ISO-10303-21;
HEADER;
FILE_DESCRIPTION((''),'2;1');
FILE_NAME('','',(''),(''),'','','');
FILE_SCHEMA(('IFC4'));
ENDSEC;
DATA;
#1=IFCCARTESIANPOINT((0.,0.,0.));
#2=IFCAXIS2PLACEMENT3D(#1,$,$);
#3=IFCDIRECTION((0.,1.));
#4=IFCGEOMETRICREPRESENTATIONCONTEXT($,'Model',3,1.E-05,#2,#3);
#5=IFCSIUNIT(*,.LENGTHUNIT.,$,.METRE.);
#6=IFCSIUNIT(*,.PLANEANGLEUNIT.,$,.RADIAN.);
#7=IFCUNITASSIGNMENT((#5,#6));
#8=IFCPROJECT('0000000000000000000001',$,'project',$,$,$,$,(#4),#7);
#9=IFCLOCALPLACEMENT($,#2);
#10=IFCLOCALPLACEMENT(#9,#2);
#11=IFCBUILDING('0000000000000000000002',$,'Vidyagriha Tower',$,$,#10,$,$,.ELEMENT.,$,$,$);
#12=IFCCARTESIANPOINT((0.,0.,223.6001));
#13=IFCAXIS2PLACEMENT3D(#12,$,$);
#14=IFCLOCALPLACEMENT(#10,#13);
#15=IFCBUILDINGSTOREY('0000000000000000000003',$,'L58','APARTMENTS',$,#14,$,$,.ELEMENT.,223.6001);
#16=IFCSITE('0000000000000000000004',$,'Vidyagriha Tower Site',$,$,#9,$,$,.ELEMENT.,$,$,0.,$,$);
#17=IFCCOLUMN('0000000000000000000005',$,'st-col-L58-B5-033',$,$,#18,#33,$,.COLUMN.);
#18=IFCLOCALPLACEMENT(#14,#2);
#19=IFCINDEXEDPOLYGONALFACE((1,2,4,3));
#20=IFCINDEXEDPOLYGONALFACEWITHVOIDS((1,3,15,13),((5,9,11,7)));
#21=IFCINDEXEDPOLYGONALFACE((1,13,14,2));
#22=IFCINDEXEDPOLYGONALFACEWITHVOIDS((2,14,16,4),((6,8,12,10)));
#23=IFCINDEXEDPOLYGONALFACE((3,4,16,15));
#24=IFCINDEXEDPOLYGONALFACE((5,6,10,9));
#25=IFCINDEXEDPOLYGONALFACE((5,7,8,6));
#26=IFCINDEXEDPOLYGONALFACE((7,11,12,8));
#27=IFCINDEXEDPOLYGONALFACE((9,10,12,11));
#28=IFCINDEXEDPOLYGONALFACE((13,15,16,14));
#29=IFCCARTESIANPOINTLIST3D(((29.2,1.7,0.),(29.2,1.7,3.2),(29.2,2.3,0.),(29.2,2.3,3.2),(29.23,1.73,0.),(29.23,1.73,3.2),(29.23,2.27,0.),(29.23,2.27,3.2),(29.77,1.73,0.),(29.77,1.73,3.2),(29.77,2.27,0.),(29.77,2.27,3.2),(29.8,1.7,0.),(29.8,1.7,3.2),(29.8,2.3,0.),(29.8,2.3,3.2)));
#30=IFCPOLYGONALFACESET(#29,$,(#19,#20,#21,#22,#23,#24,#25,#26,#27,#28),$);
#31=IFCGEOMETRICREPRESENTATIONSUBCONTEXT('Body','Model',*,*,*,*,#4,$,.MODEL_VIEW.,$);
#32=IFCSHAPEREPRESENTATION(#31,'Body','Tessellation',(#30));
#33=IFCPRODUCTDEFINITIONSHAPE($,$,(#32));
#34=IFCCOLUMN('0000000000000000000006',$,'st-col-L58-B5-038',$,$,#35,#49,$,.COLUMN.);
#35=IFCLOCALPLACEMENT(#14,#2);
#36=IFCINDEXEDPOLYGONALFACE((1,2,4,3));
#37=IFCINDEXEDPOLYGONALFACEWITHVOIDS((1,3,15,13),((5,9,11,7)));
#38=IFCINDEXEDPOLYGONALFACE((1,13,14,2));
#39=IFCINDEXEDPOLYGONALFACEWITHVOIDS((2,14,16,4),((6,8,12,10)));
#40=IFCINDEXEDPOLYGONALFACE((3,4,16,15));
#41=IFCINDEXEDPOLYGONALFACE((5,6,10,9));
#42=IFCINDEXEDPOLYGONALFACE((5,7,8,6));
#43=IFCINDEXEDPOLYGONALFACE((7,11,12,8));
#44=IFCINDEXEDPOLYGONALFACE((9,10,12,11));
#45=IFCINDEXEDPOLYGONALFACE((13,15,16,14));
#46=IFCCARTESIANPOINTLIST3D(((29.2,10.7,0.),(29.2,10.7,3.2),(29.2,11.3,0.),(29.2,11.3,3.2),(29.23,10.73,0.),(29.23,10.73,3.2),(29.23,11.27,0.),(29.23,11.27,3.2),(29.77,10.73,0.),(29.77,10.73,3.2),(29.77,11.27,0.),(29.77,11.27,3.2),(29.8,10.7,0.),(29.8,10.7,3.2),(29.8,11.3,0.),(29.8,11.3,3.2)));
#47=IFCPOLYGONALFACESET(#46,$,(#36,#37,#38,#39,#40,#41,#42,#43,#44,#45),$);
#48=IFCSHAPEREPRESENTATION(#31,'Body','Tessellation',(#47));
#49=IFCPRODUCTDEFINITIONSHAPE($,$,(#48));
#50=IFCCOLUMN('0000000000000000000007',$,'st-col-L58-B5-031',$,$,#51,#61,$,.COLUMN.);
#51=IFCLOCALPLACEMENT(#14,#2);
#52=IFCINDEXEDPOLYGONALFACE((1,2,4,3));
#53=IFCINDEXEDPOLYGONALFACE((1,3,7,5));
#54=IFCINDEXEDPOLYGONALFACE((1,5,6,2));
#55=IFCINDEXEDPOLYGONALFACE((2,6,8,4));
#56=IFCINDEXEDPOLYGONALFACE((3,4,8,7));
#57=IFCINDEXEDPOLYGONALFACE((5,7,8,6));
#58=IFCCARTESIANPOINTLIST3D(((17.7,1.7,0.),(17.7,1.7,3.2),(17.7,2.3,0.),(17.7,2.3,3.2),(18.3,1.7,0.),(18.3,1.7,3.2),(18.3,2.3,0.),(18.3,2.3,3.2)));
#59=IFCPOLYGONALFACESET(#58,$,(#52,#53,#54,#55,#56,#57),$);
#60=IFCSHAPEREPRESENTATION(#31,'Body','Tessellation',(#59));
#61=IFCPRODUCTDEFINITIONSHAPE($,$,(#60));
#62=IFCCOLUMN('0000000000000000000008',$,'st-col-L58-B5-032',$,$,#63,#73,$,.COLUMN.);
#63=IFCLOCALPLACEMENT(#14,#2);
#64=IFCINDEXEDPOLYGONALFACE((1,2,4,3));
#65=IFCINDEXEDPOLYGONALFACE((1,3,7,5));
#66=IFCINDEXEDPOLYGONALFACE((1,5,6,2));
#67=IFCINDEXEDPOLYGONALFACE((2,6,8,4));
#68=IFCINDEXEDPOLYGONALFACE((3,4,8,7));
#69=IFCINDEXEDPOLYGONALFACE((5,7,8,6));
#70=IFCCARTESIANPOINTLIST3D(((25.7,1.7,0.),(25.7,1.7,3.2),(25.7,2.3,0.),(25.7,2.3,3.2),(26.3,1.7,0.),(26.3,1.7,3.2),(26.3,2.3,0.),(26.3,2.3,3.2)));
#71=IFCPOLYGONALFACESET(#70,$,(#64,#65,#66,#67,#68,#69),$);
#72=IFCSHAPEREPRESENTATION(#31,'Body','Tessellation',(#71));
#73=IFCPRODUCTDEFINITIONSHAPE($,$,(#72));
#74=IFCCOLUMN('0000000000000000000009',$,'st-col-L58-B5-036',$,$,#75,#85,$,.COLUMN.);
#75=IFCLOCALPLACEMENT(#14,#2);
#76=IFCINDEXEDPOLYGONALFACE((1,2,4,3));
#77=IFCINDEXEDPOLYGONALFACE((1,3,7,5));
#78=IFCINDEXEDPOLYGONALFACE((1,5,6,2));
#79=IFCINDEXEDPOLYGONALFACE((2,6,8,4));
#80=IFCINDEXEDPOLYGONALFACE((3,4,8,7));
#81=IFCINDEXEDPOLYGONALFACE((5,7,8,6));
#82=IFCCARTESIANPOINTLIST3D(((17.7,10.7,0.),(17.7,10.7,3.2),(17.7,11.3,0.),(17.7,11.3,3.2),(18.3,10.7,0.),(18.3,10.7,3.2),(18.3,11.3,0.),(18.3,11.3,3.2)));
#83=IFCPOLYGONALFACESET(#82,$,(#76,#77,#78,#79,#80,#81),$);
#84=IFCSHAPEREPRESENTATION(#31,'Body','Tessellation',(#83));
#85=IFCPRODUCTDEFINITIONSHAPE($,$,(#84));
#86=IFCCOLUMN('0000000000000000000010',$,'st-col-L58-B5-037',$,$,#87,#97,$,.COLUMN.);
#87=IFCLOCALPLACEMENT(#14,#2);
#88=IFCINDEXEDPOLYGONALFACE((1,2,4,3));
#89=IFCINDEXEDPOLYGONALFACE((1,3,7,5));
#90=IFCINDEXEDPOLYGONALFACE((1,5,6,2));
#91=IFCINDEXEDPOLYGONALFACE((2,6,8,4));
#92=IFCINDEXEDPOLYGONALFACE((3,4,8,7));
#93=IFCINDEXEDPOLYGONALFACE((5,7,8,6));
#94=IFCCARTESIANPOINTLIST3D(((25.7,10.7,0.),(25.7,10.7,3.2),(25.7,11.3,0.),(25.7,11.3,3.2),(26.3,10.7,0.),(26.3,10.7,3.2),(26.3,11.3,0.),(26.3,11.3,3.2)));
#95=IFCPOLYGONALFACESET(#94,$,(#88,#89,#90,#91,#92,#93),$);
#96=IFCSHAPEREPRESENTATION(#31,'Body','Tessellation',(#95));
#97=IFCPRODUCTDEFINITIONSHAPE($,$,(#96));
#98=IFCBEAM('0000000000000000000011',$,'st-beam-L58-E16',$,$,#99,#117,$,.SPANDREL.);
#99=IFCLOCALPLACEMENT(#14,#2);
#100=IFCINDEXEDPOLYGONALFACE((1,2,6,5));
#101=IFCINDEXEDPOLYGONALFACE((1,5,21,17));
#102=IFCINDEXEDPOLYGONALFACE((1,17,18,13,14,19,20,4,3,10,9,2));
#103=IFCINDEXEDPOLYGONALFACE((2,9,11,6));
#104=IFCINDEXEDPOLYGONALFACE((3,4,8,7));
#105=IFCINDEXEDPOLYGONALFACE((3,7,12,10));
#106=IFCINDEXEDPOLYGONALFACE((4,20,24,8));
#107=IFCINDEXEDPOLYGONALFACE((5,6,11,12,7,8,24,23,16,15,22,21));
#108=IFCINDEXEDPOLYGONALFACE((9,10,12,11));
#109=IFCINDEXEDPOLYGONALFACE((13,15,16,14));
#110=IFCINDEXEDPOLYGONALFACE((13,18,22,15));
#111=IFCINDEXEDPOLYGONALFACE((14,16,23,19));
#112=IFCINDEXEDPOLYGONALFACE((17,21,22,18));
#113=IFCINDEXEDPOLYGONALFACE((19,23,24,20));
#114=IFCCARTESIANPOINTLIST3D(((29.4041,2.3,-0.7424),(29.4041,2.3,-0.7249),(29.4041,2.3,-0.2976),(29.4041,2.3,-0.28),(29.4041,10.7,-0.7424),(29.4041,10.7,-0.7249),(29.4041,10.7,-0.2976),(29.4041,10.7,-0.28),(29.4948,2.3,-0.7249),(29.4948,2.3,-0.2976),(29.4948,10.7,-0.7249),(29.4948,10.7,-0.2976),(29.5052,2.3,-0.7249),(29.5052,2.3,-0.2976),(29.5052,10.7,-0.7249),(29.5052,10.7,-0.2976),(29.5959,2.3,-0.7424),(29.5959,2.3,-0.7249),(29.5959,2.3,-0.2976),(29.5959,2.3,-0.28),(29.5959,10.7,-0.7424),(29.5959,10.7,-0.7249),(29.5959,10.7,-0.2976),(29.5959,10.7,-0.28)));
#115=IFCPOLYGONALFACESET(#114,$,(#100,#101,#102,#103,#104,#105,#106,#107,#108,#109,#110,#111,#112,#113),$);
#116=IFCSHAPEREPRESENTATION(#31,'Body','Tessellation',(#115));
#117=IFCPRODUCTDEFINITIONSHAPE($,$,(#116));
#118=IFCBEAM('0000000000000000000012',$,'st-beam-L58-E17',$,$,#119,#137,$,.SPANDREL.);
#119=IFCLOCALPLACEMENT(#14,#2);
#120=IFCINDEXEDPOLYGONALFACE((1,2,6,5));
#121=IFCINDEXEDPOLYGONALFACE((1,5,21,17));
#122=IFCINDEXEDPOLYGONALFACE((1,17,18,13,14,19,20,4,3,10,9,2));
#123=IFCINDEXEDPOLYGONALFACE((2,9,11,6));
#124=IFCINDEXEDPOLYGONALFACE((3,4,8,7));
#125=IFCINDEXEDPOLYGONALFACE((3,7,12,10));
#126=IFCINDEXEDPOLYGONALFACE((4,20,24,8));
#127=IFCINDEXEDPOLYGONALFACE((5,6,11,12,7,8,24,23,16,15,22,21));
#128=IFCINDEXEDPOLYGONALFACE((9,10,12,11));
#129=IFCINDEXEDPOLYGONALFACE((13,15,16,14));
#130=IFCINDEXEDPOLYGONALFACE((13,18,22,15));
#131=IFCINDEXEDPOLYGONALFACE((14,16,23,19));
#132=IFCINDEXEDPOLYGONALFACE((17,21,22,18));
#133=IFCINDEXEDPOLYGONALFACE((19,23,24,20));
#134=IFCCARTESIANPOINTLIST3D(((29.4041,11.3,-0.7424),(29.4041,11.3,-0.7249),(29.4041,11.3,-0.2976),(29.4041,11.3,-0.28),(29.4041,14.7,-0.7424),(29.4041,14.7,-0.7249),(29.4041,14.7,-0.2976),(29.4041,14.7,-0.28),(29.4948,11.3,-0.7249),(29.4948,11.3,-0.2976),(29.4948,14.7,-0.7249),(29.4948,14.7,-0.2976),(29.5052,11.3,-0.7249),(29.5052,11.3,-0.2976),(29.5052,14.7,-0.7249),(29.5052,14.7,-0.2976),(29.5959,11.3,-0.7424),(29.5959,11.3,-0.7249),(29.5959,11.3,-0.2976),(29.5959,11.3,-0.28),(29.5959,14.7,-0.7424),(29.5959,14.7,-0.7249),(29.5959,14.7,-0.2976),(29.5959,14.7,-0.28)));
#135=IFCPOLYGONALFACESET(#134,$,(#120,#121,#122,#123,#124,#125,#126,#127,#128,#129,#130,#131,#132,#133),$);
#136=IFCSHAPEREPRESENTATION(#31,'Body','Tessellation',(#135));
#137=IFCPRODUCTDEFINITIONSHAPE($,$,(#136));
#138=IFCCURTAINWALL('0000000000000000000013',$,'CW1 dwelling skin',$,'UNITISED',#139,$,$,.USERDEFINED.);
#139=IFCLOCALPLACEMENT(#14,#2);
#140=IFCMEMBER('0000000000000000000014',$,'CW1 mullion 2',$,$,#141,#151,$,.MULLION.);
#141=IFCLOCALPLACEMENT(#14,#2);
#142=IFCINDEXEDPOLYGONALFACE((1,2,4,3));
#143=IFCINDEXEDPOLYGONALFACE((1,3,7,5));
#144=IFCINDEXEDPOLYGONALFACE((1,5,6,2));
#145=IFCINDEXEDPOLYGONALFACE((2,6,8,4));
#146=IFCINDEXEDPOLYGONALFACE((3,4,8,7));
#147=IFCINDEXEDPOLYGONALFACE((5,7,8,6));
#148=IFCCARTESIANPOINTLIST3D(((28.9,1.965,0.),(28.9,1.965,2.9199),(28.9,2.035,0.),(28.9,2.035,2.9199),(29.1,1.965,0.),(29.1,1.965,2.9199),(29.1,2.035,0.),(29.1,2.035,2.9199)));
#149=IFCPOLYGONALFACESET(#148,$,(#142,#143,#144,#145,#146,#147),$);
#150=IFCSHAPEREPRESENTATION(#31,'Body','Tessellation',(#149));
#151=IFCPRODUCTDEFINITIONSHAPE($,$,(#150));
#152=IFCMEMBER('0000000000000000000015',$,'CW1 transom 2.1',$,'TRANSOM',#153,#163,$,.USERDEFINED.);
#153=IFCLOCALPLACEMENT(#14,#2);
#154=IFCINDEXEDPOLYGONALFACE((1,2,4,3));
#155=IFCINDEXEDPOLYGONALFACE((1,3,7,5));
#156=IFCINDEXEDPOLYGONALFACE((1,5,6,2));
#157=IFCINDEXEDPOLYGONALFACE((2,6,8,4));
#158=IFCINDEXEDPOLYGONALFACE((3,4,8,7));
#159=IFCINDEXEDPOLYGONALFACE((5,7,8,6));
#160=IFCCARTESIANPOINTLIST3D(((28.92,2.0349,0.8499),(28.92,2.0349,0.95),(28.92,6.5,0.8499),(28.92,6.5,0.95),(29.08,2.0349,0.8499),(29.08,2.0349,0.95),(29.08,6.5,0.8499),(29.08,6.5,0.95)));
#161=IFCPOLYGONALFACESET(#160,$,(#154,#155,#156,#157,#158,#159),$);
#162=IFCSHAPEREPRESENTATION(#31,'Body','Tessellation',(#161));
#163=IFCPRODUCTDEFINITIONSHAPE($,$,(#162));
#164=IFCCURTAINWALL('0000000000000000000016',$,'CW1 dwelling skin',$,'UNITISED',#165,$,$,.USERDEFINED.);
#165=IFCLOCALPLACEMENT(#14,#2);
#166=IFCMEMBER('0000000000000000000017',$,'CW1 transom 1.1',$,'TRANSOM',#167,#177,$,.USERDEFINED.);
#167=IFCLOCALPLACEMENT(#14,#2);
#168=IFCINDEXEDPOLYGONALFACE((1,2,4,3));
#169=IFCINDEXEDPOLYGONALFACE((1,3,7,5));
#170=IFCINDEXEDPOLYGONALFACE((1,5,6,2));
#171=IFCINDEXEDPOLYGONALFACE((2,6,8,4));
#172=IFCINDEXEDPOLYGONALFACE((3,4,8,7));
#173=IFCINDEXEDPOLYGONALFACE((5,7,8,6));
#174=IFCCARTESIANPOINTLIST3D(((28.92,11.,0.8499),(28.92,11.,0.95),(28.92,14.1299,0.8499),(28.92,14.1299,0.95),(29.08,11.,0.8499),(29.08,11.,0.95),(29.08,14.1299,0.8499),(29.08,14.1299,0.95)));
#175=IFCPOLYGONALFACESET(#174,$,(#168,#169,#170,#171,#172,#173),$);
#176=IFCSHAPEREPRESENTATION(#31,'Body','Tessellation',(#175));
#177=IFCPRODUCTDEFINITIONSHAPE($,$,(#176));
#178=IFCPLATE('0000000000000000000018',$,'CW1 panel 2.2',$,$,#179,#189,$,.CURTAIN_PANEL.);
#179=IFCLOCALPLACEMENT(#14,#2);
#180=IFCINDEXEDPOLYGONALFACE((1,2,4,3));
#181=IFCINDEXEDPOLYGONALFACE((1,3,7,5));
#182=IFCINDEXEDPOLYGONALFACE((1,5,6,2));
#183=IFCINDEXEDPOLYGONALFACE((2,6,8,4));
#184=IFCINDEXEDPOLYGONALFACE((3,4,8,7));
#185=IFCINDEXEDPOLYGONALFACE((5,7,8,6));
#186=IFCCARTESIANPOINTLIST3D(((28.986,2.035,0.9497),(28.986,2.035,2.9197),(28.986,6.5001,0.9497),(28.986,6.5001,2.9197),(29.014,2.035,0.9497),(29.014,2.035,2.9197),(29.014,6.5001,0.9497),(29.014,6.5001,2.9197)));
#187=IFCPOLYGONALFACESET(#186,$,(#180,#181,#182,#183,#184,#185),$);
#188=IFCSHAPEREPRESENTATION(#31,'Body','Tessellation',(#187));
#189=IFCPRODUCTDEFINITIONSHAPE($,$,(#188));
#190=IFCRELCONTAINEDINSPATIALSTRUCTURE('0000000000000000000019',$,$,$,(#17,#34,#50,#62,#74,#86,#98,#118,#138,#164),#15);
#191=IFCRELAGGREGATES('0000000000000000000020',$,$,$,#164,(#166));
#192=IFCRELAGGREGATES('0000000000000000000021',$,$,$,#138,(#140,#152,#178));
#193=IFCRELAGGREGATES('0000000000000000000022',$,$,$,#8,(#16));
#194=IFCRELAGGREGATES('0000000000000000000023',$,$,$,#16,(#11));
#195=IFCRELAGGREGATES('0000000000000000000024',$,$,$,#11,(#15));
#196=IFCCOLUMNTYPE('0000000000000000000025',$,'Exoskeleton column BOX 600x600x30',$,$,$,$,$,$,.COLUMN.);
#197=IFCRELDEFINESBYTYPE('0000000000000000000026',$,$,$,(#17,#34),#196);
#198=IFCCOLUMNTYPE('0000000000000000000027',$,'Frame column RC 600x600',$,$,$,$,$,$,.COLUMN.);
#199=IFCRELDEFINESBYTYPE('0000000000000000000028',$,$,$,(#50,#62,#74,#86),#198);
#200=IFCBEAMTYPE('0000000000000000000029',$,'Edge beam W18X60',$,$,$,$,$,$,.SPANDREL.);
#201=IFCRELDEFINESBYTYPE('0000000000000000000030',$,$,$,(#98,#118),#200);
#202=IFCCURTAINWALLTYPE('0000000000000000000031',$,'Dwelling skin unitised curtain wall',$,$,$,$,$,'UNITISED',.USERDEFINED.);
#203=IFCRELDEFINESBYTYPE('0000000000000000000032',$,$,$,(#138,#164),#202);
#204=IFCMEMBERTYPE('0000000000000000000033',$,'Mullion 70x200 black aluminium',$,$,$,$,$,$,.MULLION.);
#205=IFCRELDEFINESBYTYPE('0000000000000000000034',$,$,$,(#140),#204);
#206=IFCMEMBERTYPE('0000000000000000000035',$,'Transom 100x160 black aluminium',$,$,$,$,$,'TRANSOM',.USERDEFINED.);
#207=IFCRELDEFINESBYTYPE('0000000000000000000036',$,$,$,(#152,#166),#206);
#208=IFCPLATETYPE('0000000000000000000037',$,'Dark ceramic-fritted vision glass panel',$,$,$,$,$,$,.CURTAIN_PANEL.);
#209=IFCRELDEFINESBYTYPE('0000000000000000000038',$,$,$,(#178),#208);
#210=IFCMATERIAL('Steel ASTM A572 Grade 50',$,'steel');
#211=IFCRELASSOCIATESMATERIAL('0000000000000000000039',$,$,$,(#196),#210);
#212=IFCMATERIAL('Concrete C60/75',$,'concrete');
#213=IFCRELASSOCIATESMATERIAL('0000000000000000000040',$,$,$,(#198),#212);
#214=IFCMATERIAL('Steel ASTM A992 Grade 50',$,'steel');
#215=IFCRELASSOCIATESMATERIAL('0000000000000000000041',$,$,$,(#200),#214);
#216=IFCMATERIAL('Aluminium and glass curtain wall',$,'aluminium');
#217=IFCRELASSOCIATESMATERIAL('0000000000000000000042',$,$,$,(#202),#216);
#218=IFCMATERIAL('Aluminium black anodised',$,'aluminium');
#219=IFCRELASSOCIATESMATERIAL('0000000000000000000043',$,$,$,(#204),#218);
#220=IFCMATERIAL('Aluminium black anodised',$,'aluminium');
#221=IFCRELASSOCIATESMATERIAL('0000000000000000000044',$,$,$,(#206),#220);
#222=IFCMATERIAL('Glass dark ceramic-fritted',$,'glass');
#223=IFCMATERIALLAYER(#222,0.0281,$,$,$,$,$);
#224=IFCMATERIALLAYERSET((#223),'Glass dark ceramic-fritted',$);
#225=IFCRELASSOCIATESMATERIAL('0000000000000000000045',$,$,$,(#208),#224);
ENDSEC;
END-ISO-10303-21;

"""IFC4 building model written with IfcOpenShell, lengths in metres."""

from ifc_helpers import new_model, si_unit, direction, frame, origin, origin_2d, place, context, subcontext, project, spatial, rectangle, hollow_rectangle, i_section, extrude, material, layer, layer_set, material_profile, profile_set, type_object, element, aggregate, save


model = new_model("IFC4")

# Units and contexts
model_context = context("Model", 3, precision=1e-05, world=origin(), true_north=direction((0.0, 1.0)))
body_context = subcontext(model_context, "Body", "Model", "MODEL_VIEW")
ifc_project = project(units=[si_unit("LENGTHUNIT", "METRE"), si_unit("PLANEANGLEUNIT", "RADIAN")], contexts=[model_context])

# Site, building, storey
site_placement = place(None, origin())
site = spatial("IfcSite", under=ifc_project, at=site_placement, Name="Vidyagriha Tower Site", CompositionType="ELEMENT", RefElevation=0.0)
building_placement = place(site_placement, origin())
building = spatial("IfcBuilding", under=site, at=building_placement, Name="Vidyagriha Tower", CompositionType="ELEMENT")
storey_placement = place(building_placement, frame((0.0, 0.0, 223.6001)))
storey = spatial("IfcBuildingStorey", under=building, at=storey_placement, Name="L58", Description="APARTMENTS", CompositionType="ELEMENT", Elevation=223.6001)

# Columns
ifc_material_1 = material(Name="Steel ASTM A572 Grade 50", Category="steel")
ifc_material_profile_1 = material_profile(ifc_material_1, hollow_rectangle(XDim=0.6001, YDim=0.6001, WallThickness=0.03, at=origin_2d()), Name="BOX 600x600x30")
ifc_profile_set_1 = profile_set([ifc_material_profile_1], Name="Steel ASTM A572 Grade 50")
column_type_1 = type_object("IfcColumnType", Name="Exoskeleton column BOX 600x600x30", PredefinedType="COLUMN", material=ifc_profile_set_1)
for number, where, name in (
    (1, (29.5, 2.0, 0.0), "st-col-L58-B5-033"),
    (2, (29.5, 11.0, 0.0), "st-col-L58-B5-038"),
):
    element("IfcColumn", number, at=place(storey_placement, frame(where)), inside=storey, type_object=column_type_1, Name=name, PredefinedType="COLUMN", context=body_context, shape_type="SweptSolid", body=[
        extrude(hollow_rectangle(XDim=0.6001, YDim=0.6001, WallThickness=0.03, at=origin_2d()), origin(), (0.0, 0.0, 1.0), 3.2),
    ])
ifc_material_2 = material(Name="Concrete C60/75", Category="concrete")
ifc_material_profile_2 = material_profile(ifc_material_2, rectangle(XDim=0.6001, YDim=0.6001, at=origin_2d()), Name="RC 600x600")
ifc_profile_set_2 = profile_set([ifc_material_profile_2], Name="Concrete C60/75")
column_type_2 = type_object("IfcColumnType", Name="Frame column RC 600x600", PredefinedType="COLUMN", material=ifc_profile_set_2)
for number, where, name in (
    (3, (18.0, 2.0, 0.0), "st-col-L58-B5-031"),
    (4, (26.0, 2.0, 0.0), "st-col-L58-B5-032"),
    (5, (18.0, 11.0, 0.0), "st-col-L58-B5-036"),
    (6, (26.0, 11.0, 0.0), "st-col-L58-B5-037"),
):
    element("IfcColumn", number, at=place(storey_placement, frame(where)), inside=storey, type_object=column_type_2, Name=name, PredefinedType="COLUMN", context=body_context, shape_type="SweptSolid", body=[
        extrude(rectangle(XDim=0.6001, YDim=0.6001, at=origin_2d()), origin(), (0.0, 0.0, 1.0), 3.2),
    ])

# Beams
ifc_material_3 = material(Name="Steel ASTM A992 Grade 50", Category="steel")
ifc_material_profile_3 = material_profile(ifc_material_3, i_section(OverallWidth=0.1919, OverallDepth=0.4624, WebThickness=0.0105, FlangeThickness=0.0176, at=origin_2d()), Name="W18X60")
ifc_profile_set_3 = profile_set([ifc_material_profile_3], Name="Steel ASTM A992 Grade 50")
beam_type = type_object("IfcBeamType", Name="Edge beam W18X60", PredefinedType="SPANDREL", material=ifc_profile_set_3)
beam_1_placement = place(storey_placement, frame((29.5, 2.3, -0.5112), z_axis=(0.0, 1.0, 0.0), x_axis=(-1.0, 0.0, 0.0)))
element("IfcBeam", 7, at=beam_1_placement, inside=storey, type_object=beam_type, Name="st-beam-L58-E16", PredefinedType="SPANDREL", context=body_context, shape_type="SweptSolid", body=[
    extrude(i_section(OverallWidth=0.1919, OverallDepth=0.4624, WebThickness=0.0105, FlangeThickness=0.0176, at=origin_2d()), origin(), (0.0, 0.0, 1.0), 8.3999),
])
beam_2_placement = place(storey_placement, frame((29.5, 11.3, -0.5112), z_axis=(0.0, 1.0, 0.0), x_axis=(-1.0, 0.0, 0.0)))
element("IfcBeam", 8, at=beam_2_placement, inside=storey, type_object=beam_type, Name="st-beam-L58-E17", PredefinedType="SPANDREL", context=body_context, shape_type="SweptSolid", body=[
    extrude(i_section(OverallWidth=0.1919, OverallDepth=0.4624, WebThickness=0.0105, FlangeThickness=0.0176, at=origin_2d()), origin(), (0.0, 0.0, 1.0), 3.3999),
])

# Curtain wall, members
ifc_material_4 = material(Name="Aluminium and glass curtain wall", Category="aluminium")
curtain_wall_type = type_object("IfcCurtainWallType", Name="Dwelling skin unitised curtain wall", ElementType="UNITISED", PredefinedType="USERDEFINED", material=ifc_material_4)
curtain_wall_1_placement = place(storey_placement, origin())
curtain_wall_1 = element("IfcCurtainWall", 9, at=curtain_wall_1_placement, inside=storey, type_object=curtain_wall_type, Name="CW1 dwelling skin", ObjectType="UNITISED", PredefinedType="USERDEFINED")
ifc_material_5 = material(Name="Aluminium black anodised", Category="aluminium")
ifc_material_profile_4 = material_profile(ifc_material_5, rectangle(XDim=0.2, YDim=0.0701, at=origin_2d()), Name="Mullion 70x200 black aluminium")
ifc_profile_set_4 = profile_set([ifc_material_profile_4], Name="Aluminium black anodised")
member_type_1 = type_object("IfcMemberType", Name="Mullion 70x200 black aluminium", PredefinedType="MULLION", material=ifc_profile_set_4)
member_1_placement = place(storey_placement, frame((29.0, 2.0, 0.0), z_axis=(0.0, 0.0, 1.0), x_axis=(-1.0, 0.0, 0.0)))
member_1 = element("IfcMember", 10, at=member_1_placement, type_object=member_type_1, Name="CW1 mullion 2", PredefinedType="MULLION", context=body_context, shape_type="SweptSolid", body=[
    extrude(rectangle(XDim=0.2, YDim=0.0701, at=origin_2d()), origin(), (0.0, 0.0, 1.0), 2.9199),
])
ifc_material_6 = material(Name="Aluminium black anodised", Category="aluminium")
ifc_material_profile_5 = material_profile(ifc_material_6, rectangle(XDim=0.1599, YDim=0.1001, at=origin_2d()), Name="Transom 100x160 black aluminium")
ifc_profile_set_5 = profile_set([ifc_material_profile_5], Name="Aluminium black anodised")
member_type_2 = type_object("IfcMemberType", Name="Transom 100x160 black aluminium", ElementType="TRANSOM", PredefinedType="USERDEFINED", material=ifc_profile_set_5)
member_2_placement = place(storey_placement, frame((29.0, 2.0349, 0.8999), z_axis=(0.0, 1.0, 0.0), x_axis=(-1.0, 0.0, 0.0)))
member_2 = element("IfcMember", 11, at=member_2_placement, type_object=member_type_2, Name="CW1 transom 2.1", ObjectType="TRANSOM", PredefinedType="USERDEFINED", context=body_context, shape_type="SweptSolid", body=[
    extrude(rectangle(XDim=0.1599, YDim=0.1001, at=origin_2d()), origin(), (0.0, 0.0, 1.0), 4.4651),
])

# Curtain wall, member
curtain_wall_2_placement = place(storey_placement, origin())
curtain_wall_2 = element("IfcCurtainWall", 12, at=curtain_wall_2_placement, inside=storey, type_object=curtain_wall_type, Name="CW1 dwelling skin", ObjectType="UNITISED", PredefinedType="USERDEFINED")
member_3_placement = place(storey_placement, frame((29.0, 11.0, 0.8999), z_axis=(0.0, 1.0, 0.0), x_axis=(-1.0, 0.0, 0.0)))
member_3 = element("IfcMember", 13, at=member_3_placement, type_object=member_type_2, Name="CW1 transom 1.1", ObjectType="TRANSOM", PredefinedType="USERDEFINED", context=body_context, shape_type="SweptSolid", body=[
    extrude(rectangle(XDim=0.1599, YDim=0.1001, at=origin_2d()), origin(), (0.0, 0.0, 1.0), 3.1299),
])
aggregate(curtain_wall_2, [member_3])

# Plate
ifc_material_7 = material(Name="Glass dark ceramic-fritted", Category="glass")
ifc_layer_1 = layer(ifc_material_7, 0.0281)
ifc_layer_set_1 = layer_set([ifc_layer_1], Name="Glass dark ceramic-fritted")
plate_type_1 = type_object("IfcPlateType", Name="Dark ceramic-fritted vision glass panel", PredefinedType="CURTAIN_PANEL", material=ifc_layer_set_1)
plate_1_placement = place(storey_placement, frame((29.0, 4.2676, 0.9497), z_axis=(0.0, 0.0, 1.0), x_axis=(0.0, 1.0, 0.0)))
plate_1 = element("IfcPlate", 14, at=plate_1_placement, type_object=plate_type_1, Name="CW1 panel 2.2", PredefinedType="CURTAIN_PANEL", context=body_context, shape_type="SweptSolid", body=[
    extrude(rectangle(XDim=4.4651, YDim=0.0281, at=origin_2d()), origin(), (0.0, 0.0, 1.0), 1.97),
])
aggregate(curtain_wall_1, [member_1, member_2, plate_1])

save(model, "model.ifc")
